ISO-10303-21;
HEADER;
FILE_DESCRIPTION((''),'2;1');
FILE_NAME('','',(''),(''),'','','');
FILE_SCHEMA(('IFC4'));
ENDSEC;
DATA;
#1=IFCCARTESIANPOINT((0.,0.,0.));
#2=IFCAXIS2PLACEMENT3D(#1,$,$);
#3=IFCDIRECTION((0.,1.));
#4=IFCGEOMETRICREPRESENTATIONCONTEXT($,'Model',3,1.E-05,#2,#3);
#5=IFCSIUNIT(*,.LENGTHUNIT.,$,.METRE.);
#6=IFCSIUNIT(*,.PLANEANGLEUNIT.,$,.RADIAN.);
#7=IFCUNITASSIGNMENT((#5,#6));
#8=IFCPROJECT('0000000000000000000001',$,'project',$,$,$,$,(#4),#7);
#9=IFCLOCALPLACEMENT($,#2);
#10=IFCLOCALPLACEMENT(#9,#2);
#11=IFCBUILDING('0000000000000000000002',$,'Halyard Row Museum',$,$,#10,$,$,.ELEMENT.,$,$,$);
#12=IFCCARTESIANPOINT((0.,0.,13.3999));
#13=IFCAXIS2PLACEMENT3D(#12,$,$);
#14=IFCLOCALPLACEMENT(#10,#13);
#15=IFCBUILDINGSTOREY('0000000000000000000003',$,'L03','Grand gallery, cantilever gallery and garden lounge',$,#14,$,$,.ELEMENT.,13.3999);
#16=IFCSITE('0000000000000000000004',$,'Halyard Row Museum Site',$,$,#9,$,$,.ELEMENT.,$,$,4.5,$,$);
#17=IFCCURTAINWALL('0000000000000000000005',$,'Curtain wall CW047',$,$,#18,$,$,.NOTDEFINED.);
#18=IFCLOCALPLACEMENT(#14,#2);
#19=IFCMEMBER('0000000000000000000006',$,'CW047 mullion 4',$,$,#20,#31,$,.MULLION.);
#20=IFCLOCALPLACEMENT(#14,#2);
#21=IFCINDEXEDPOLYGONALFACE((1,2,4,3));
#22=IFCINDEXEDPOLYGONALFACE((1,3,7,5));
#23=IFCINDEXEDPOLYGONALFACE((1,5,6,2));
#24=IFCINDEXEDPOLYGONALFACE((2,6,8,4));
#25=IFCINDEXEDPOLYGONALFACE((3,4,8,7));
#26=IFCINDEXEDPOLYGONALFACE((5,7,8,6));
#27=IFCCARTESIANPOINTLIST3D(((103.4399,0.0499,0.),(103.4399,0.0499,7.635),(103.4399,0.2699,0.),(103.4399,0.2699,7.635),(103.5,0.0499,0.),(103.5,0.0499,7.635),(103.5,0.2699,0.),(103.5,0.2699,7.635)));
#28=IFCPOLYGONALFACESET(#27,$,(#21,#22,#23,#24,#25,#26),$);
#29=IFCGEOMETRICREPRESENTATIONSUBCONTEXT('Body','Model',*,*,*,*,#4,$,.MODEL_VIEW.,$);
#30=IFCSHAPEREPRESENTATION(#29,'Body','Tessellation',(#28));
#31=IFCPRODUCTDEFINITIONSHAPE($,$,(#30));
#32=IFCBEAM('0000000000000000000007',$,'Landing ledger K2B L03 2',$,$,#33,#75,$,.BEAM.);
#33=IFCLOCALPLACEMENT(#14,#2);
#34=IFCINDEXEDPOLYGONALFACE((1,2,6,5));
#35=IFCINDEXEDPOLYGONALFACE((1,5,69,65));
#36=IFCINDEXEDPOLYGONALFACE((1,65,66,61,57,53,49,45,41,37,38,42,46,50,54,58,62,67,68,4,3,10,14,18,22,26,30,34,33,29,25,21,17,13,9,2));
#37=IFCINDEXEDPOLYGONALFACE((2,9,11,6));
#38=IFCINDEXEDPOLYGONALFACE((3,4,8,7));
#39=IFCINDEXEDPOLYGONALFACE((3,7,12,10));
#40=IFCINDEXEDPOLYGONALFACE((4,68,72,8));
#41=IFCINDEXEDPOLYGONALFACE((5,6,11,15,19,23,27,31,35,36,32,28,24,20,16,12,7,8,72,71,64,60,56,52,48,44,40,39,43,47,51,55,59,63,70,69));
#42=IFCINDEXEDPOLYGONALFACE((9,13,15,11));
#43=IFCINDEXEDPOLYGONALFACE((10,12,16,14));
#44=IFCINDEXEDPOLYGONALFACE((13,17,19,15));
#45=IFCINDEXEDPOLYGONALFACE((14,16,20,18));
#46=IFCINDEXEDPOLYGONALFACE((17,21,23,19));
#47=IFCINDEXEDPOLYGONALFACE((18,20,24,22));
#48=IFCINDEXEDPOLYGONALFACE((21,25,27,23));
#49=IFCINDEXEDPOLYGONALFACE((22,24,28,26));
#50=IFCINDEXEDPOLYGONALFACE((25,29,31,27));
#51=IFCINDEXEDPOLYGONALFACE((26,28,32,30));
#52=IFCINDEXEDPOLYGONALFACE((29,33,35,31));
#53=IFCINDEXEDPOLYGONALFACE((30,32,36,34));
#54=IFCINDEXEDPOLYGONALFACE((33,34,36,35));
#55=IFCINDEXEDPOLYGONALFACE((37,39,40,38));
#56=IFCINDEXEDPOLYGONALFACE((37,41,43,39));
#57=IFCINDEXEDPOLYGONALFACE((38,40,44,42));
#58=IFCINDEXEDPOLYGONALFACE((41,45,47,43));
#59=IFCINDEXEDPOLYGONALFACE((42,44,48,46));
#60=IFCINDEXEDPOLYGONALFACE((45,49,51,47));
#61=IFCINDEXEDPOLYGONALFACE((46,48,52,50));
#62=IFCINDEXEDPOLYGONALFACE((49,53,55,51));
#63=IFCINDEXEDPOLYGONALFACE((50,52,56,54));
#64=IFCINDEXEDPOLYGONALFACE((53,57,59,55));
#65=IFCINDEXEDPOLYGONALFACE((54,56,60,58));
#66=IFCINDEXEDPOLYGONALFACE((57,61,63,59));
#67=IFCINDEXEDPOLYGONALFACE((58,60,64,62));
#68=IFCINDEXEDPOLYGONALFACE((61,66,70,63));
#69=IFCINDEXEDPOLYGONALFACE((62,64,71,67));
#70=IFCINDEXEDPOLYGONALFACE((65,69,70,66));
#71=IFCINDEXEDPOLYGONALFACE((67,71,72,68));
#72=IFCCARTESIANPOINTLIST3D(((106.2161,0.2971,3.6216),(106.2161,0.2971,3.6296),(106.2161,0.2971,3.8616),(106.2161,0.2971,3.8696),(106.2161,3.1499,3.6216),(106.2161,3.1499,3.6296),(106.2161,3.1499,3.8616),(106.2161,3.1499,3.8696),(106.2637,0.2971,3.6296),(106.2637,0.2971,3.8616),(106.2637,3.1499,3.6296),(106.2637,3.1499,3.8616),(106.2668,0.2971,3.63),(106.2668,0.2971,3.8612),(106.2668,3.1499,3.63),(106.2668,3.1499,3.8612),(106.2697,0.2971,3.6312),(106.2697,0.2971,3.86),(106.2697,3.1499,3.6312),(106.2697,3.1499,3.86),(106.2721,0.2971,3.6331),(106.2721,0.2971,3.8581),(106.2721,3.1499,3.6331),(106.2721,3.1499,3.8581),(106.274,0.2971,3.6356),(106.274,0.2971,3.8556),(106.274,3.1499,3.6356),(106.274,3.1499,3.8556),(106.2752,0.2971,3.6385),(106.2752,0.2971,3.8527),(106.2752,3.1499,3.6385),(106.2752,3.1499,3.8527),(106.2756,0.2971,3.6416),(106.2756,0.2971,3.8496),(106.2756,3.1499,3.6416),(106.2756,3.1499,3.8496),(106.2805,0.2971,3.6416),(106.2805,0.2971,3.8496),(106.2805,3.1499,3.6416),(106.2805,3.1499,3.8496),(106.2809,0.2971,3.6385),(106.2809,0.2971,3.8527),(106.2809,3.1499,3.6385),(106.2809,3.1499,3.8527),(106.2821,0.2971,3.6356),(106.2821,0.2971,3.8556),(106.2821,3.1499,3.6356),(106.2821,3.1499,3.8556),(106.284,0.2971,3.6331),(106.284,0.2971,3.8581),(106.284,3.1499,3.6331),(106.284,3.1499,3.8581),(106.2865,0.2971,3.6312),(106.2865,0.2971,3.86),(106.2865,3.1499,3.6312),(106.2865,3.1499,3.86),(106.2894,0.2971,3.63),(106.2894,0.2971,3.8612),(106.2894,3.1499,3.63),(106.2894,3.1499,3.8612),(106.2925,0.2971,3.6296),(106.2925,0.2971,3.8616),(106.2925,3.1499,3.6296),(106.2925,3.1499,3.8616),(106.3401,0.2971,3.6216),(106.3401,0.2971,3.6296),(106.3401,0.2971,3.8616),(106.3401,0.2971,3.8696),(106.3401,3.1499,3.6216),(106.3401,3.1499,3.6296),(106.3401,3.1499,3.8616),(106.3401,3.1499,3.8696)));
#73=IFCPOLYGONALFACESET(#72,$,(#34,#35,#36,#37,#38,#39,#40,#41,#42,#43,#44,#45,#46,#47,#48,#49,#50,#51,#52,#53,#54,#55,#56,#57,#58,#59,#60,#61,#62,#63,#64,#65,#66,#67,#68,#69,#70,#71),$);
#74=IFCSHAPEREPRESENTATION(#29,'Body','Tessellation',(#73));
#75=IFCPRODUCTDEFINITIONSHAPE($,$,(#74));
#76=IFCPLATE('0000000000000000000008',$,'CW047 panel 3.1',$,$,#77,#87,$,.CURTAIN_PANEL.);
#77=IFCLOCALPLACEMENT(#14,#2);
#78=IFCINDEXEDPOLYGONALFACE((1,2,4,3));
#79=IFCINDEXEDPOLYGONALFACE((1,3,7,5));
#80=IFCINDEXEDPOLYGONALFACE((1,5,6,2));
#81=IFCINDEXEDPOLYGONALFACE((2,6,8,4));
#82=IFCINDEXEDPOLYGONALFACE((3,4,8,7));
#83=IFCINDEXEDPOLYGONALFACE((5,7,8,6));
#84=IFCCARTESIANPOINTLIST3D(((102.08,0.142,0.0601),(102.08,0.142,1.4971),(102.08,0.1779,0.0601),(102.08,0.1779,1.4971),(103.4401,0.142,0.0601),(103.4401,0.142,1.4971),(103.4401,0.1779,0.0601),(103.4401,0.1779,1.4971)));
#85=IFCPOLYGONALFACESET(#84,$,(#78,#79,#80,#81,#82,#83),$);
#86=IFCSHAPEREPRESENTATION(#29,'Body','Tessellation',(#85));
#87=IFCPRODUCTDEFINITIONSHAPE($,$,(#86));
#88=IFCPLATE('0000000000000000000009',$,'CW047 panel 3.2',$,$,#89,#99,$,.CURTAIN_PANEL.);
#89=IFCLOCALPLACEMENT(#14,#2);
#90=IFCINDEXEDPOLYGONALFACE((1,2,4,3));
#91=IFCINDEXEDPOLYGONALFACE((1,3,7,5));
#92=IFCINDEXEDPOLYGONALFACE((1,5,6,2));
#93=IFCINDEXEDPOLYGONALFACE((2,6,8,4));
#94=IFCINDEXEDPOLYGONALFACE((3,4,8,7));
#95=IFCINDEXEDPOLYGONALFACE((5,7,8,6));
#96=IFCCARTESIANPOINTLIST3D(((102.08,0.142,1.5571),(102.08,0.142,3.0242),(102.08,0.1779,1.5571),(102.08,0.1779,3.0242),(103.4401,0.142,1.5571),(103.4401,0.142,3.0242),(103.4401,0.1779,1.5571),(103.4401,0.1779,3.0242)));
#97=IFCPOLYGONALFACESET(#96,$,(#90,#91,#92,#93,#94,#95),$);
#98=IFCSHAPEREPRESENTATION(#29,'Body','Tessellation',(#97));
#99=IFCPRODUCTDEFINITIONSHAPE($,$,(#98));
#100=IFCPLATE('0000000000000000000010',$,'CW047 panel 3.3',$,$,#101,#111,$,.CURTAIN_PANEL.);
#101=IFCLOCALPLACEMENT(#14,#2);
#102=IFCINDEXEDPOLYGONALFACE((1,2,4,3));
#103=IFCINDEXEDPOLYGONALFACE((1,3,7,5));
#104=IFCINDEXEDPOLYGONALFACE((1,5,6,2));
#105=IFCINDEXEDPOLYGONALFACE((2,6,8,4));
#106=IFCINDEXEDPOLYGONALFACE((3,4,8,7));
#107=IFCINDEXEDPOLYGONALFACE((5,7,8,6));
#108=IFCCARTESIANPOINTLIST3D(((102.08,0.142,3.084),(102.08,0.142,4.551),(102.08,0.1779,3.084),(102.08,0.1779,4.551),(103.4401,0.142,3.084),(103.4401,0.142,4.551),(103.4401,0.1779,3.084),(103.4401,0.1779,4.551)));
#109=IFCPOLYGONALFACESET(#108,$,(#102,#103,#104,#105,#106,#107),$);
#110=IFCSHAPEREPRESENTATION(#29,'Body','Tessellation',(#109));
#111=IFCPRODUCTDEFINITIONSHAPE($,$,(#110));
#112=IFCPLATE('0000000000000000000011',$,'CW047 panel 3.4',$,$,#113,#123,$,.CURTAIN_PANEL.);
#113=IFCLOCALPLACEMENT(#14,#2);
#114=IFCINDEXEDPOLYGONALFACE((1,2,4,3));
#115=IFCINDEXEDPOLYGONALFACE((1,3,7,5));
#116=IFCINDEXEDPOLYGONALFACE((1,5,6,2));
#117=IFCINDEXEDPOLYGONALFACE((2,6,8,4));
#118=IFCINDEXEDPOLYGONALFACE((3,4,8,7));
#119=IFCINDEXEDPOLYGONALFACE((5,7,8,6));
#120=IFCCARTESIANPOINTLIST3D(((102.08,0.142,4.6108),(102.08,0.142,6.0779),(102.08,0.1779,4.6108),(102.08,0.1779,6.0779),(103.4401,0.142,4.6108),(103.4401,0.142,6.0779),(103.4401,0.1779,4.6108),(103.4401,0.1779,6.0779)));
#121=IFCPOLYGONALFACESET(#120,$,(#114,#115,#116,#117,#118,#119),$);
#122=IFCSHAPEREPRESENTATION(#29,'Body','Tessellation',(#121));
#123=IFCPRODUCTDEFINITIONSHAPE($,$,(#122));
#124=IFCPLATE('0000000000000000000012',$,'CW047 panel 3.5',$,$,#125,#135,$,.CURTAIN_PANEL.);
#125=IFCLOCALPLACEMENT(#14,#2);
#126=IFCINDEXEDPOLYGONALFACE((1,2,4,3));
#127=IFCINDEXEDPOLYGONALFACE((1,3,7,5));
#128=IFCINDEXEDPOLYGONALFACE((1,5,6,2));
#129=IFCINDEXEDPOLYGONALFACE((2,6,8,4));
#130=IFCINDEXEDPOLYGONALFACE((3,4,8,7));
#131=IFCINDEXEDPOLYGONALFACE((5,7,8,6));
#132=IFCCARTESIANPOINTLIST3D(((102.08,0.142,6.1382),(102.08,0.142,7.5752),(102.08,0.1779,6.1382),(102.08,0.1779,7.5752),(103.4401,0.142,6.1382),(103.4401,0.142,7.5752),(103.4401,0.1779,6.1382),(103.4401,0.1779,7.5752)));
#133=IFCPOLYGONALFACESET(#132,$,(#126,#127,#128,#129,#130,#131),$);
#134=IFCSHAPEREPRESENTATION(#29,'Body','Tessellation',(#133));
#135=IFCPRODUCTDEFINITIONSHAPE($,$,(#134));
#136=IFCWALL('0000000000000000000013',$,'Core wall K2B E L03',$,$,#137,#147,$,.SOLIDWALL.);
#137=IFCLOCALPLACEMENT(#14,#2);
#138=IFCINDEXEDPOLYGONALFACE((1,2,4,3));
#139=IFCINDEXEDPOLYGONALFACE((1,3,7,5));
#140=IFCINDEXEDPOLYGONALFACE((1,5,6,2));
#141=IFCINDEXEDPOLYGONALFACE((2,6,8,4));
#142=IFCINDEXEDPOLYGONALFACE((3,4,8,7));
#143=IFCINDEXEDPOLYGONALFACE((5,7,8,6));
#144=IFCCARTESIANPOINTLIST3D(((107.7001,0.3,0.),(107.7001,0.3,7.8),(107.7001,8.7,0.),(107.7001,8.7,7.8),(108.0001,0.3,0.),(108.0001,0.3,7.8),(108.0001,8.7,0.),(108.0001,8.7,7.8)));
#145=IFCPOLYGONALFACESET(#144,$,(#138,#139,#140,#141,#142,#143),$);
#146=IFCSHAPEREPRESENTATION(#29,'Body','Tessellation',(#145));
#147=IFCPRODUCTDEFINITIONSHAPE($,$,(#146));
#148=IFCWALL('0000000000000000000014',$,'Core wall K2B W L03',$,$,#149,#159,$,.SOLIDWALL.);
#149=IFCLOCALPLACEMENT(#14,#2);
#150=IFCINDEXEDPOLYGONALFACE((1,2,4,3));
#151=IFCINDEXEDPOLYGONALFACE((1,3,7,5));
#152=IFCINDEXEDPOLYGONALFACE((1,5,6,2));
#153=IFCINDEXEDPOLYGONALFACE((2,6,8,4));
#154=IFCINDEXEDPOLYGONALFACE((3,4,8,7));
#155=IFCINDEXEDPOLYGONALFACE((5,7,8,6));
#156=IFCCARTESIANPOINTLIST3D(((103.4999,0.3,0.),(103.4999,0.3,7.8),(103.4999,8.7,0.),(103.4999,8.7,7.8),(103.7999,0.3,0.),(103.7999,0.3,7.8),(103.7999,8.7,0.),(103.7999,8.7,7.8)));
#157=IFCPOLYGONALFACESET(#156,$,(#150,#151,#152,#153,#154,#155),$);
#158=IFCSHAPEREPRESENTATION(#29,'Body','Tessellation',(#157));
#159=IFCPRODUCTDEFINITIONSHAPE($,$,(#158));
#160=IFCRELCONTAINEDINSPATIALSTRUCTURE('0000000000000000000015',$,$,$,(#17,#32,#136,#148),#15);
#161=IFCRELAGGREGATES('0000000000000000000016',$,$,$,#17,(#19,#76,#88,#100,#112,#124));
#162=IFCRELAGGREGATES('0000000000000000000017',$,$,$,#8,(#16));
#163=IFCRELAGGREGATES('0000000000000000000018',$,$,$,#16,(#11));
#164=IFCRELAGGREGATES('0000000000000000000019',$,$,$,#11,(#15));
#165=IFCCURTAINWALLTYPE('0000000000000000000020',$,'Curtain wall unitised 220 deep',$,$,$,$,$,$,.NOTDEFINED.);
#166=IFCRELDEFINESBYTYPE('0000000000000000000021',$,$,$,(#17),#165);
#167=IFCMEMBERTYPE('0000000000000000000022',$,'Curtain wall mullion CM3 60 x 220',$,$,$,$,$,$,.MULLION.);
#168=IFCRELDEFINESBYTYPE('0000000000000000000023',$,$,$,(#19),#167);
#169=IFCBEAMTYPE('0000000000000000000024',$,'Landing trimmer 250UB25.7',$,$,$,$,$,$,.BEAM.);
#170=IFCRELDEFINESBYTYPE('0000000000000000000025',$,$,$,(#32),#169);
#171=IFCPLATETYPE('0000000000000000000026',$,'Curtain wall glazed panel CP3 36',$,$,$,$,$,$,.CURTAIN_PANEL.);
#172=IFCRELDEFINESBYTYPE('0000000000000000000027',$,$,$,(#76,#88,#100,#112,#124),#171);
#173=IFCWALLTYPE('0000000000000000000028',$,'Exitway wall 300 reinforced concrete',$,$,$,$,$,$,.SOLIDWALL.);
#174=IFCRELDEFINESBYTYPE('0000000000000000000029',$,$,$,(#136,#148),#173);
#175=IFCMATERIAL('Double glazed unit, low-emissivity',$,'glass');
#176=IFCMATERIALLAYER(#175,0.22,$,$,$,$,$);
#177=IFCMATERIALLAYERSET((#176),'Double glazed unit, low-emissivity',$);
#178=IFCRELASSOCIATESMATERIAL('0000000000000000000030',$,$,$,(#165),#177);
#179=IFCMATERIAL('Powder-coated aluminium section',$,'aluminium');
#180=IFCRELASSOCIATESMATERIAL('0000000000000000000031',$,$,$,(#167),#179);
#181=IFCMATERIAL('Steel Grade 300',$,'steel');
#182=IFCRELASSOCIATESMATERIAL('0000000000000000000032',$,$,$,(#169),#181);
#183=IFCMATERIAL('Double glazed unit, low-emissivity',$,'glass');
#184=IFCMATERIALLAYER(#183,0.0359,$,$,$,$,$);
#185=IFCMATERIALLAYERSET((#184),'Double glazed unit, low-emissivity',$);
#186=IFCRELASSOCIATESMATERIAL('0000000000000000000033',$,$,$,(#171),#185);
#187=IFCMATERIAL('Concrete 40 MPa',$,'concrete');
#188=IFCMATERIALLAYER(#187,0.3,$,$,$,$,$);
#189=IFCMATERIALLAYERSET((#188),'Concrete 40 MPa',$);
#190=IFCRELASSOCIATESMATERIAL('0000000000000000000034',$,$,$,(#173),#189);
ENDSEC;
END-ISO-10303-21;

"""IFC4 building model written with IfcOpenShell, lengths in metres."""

from ifc_helpers import new_model, si_unit, direction, frame, frame_2d, origin, origin_2d, place, context, subcontext, project, spatial, rectangle, i_section, extrude, material, layer, layer_set, material_profile, profile_set, type_object, element, aggregate, save


model = new_model("IFC4")

# Units and contexts
model_context = context("Model", 3, precision=1e-05, world=origin(), true_north=direction((0.0, 1.0)))
body_context = subcontext(model_context, "Body", "Model", "MODEL_VIEW")
ifc_project = project(units=[si_unit("LENGTHUNIT", "METRE"), si_unit("PLANEANGLEUNIT", "RADIAN")], contexts=[model_context])

# Site, building, storey
site_placement = place(None, origin())
site = spatial("IfcSite", under=ifc_project, at=site_placement, Name="Halyard Row Museum Site", CompositionType="ELEMENT", RefElevation=4.5)
building_placement = place(site_placement, origin())
building = spatial("IfcBuilding", under=site, at=building_placement, Name="Halyard Row Museum", CompositionType="ELEMENT")
storey_placement = place(building_placement, frame((0.0, 0.0, 13.3999)))
storey = spatial("IfcBuildingStorey", under=building, at=storey_placement, Name="L03", Description="Grand gallery, cantilever gallery and garden lounge", CompositionType="ELEMENT", Elevation=13.3999)

# Curtain wall, member
ifc_material_1 = material(Name="Double glazed unit, low-emissivity", Category="glass")
ifc_layer_1 = layer(ifc_material_1, 0.22)
ifc_layer_set_1 = layer_set([ifc_layer_1], Name="Double glazed unit, low-emissivity")
curtain_wall_type = type_object("IfcCurtainWallType", Name="Curtain wall unitised 220 deep", PredefinedType="NOTDEFINED", material=ifc_layer_set_1)
curtain_wall_placement = place(storey_placement, origin())
curtain_wall = element("IfcCurtainWall", 1, at=curtain_wall_placement, inside=storey, type_object=curtain_wall_type, Name="Curtain wall CW047", PredefinedType="NOTDEFINED")
ifc_material_2 = material(Name="Powder-coated aluminium section", Category="aluminium")
ifc_material_profile_1 = material_profile(ifc_material_2, rectangle(XDim=0.22, YDim=0.0601, at=origin_2d()), Name="220x60 mullion")
ifc_profile_set_1 = profile_set([ifc_material_profile_1], Name="Powder-coated aluminium section")
member_type = type_object("IfcMemberType", Name="Curtain wall mullion CM3 60 x 220", PredefinedType="MULLION", material=ifc_profile_set_1)
member_placement = place(storey_placement, frame((103.47, 0.1599, 0.0), z_axis=(0.0, 0.0, 1.0), x_axis=(0.0, 1.0, 0.0)))
member = element("IfcMember", 2, at=member_placement, type_object=member_type, Name="CW047 mullion 4", PredefinedType="MULLION", context=body_context, shape_type="SweptSolid", body=[
    extrude(rectangle(XDim=0.22, YDim=0.0601, at=origin_2d()), origin(), (0.0, 0.0, 1.0), 7.635),
])

# Beam
ifc_material_3 = material(Name="Steel Grade 300", Category="steel")
ifc_material_profile_2 = material_profile(ifc_material_3, i_section(OverallWidth=0.124, OverallDepth=0.248, WebThickness=0.0049, FlangeThickness=0.0081, FilletRadius=0.012, at=origin_2d()), Name="250UB25.7")
ifc_profile_set_2 = profile_set([ifc_material_profile_2], Name="Steel Grade 300")
beam_type = type_object("IfcBeamType", Name="Landing trimmer 250UB25.7", PredefinedType="BEAM", material=ifc_profile_set_2)
beam_placement = place(storey_placement, frame((106.2781, 0.2971, 3.7456), z_axis=(0.0, 1.0, 0.0), x_axis=(-1.0, 0.0, 0.0)))
element("IfcBeam", 3, at=beam_placement, inside=storey, type_object=beam_type, Name="Landing ledger K2B L03 2", PredefinedType="BEAM", context=body_context, shape_type="SweptSolid", body=[
    extrude(i_section(OverallWidth=0.124, OverallDepth=0.248, WebThickness=0.0049, FlangeThickness=0.0081, FilletRadius=0.012, at=origin_2d()), origin(), (0.0, 0.0, 1.0), 2.8528),
])

# Plates
ifc_material_4 = material(Name="Double glazed unit, low-emissivity", Category="glass")
ifc_layer_2 = layer(ifc_material_4, 0.0359)
ifc_layer_set_2 = layer_set([ifc_layer_2], Name="Double glazed unit, low-emissivity")
plate_type = type_object("IfcPlateType", Name="Curtain wall glazed panel CP3 36", PredefinedType="CURTAIN_PANEL", material=ifc_layer_set_2)
plate_1_placement = place(storey_placement, frame((102.76, 0.1599, 0.0601), z_axis=(0.0, 0.0, 1.0), x_axis=(1.0, 0.0, 0.0)))
plate_1 = element("IfcPlate", 4, at=plate_1_placement, type_object=plate_type, Name="CW047 panel 3.1", PredefinedType="CURTAIN_PANEL", context=body_context, shape_type="SweptSolid", body=[
    extrude(rectangle(XDim=1.3601, YDim=0.0359, at=origin_2d()), origin(), (0.0, 0.0, 1.0), 1.437),
])
plate_2_placement = place(storey_placement, frame((102.76, 0.1599, 1.5571), z_axis=(0.0, 0.0, 1.0), x_axis=(1.0, 0.0, 0.0)))
plate_2 = element("IfcPlate", 5, at=plate_2_placement, type_object=plate_type, Name="CW047 panel 3.2", PredefinedType="CURTAIN_PANEL", context=body_context, shape_type="SweptSolid", body=[
    extrude(rectangle(XDim=1.3601, YDim=0.0359, at=origin_2d()), origin(), (0.0, 0.0, 1.0), 1.467),
])
plate_3_placement = place(storey_placement, frame((102.76, 0.1599, 3.084), z_axis=(0.0, 0.0, 1.0), x_axis=(1.0, 0.0, 0.0)))
plate_3 = element("IfcPlate", 6, at=plate_3_placement, type_object=plate_type, Name="CW047 panel 3.3", PredefinedType="CURTAIN_PANEL", context=body_context, shape_type="SweptSolid", body=[
    extrude(rectangle(XDim=1.3601, YDim=0.0359, at=origin_2d()), origin(), (0.0, 0.0, 1.0), 1.467),
])
plate_4_placement = place(storey_placement, frame((102.76, 0.1599, 4.6108), z_axis=(0.0, 0.0, 1.0), x_axis=(1.0, 0.0, 0.0)))
plate_4 = element("IfcPlate", 7, at=plate_4_placement, type_object=plate_type, Name="CW047 panel 3.4", PredefinedType="CURTAIN_PANEL", context=body_context, shape_type="SweptSolid", body=[
    extrude(rectangle(XDim=1.3601, YDim=0.0359, at=origin_2d()), origin(), (0.0, 0.0, 1.0), 1.467),
])
plate_5_placement = place(storey_placement, frame((102.76, 0.1599, 6.1382), z_axis=(0.0, 0.0, 1.0), x_axis=(1.0, 0.0, 0.0)))
plate_5 = element("IfcPlate", 8, at=plate_5_placement, type_object=plate_type, Name="CW047 panel 3.5", PredefinedType="CURTAIN_PANEL", context=body_context, shape_type="SweptSolid", body=[
    extrude(rectangle(XDim=1.3601, YDim=0.0359, at=origin_2d()), origin(), (0.0, 0.0, 1.0), 1.437),
])
aggregate(curtain_wall, [member, plate_1, plate_2, plate_3, plate_4, plate_5])

# Walls
ifc_material_5 = material(Name="Concrete 40 MPa", Category="concrete")
ifc_layer_3 = layer(ifc_material_5, 0.3)
ifc_layer_set_3 = layer_set([ifc_layer_3], Name="Concrete 40 MPa")
wall_type = type_object("IfcWallType", Name="Exitway wall 300 reinforced concrete", PredefinedType="SOLIDWALL", material=ifc_layer_set_3)
for number, where, z_axis, x_axis, name in (
    (9, (107.8501, 0.3, 0.0), (0.0, 0.0, 1.0), (0.0, 1.0, 0.0), "Core wall K2B E L03"),
    (10, (103.6499, 0.3, 0.0), (0.0, 0.0, 1.0), (0.0, 1.0, 0.0), "Core wall K2B W L03"),
):
    element("IfcWall", number, at=place(storey_placement, frame(where, z_axis=z_axis, x_axis=x_axis)), inside=storey, type_object=wall_type, Name=name, PredefinedType="SOLIDWALL", context=body_context, shape_type="SweptSolid", body=[
        extrude(rectangle(XDim=8.3999, YDim=0.3, at=frame_2d((4.2, 0.0))), origin(), (0.0, 0.0, 1.0), 7.8),
    ])

save(model, "model.ifc")
